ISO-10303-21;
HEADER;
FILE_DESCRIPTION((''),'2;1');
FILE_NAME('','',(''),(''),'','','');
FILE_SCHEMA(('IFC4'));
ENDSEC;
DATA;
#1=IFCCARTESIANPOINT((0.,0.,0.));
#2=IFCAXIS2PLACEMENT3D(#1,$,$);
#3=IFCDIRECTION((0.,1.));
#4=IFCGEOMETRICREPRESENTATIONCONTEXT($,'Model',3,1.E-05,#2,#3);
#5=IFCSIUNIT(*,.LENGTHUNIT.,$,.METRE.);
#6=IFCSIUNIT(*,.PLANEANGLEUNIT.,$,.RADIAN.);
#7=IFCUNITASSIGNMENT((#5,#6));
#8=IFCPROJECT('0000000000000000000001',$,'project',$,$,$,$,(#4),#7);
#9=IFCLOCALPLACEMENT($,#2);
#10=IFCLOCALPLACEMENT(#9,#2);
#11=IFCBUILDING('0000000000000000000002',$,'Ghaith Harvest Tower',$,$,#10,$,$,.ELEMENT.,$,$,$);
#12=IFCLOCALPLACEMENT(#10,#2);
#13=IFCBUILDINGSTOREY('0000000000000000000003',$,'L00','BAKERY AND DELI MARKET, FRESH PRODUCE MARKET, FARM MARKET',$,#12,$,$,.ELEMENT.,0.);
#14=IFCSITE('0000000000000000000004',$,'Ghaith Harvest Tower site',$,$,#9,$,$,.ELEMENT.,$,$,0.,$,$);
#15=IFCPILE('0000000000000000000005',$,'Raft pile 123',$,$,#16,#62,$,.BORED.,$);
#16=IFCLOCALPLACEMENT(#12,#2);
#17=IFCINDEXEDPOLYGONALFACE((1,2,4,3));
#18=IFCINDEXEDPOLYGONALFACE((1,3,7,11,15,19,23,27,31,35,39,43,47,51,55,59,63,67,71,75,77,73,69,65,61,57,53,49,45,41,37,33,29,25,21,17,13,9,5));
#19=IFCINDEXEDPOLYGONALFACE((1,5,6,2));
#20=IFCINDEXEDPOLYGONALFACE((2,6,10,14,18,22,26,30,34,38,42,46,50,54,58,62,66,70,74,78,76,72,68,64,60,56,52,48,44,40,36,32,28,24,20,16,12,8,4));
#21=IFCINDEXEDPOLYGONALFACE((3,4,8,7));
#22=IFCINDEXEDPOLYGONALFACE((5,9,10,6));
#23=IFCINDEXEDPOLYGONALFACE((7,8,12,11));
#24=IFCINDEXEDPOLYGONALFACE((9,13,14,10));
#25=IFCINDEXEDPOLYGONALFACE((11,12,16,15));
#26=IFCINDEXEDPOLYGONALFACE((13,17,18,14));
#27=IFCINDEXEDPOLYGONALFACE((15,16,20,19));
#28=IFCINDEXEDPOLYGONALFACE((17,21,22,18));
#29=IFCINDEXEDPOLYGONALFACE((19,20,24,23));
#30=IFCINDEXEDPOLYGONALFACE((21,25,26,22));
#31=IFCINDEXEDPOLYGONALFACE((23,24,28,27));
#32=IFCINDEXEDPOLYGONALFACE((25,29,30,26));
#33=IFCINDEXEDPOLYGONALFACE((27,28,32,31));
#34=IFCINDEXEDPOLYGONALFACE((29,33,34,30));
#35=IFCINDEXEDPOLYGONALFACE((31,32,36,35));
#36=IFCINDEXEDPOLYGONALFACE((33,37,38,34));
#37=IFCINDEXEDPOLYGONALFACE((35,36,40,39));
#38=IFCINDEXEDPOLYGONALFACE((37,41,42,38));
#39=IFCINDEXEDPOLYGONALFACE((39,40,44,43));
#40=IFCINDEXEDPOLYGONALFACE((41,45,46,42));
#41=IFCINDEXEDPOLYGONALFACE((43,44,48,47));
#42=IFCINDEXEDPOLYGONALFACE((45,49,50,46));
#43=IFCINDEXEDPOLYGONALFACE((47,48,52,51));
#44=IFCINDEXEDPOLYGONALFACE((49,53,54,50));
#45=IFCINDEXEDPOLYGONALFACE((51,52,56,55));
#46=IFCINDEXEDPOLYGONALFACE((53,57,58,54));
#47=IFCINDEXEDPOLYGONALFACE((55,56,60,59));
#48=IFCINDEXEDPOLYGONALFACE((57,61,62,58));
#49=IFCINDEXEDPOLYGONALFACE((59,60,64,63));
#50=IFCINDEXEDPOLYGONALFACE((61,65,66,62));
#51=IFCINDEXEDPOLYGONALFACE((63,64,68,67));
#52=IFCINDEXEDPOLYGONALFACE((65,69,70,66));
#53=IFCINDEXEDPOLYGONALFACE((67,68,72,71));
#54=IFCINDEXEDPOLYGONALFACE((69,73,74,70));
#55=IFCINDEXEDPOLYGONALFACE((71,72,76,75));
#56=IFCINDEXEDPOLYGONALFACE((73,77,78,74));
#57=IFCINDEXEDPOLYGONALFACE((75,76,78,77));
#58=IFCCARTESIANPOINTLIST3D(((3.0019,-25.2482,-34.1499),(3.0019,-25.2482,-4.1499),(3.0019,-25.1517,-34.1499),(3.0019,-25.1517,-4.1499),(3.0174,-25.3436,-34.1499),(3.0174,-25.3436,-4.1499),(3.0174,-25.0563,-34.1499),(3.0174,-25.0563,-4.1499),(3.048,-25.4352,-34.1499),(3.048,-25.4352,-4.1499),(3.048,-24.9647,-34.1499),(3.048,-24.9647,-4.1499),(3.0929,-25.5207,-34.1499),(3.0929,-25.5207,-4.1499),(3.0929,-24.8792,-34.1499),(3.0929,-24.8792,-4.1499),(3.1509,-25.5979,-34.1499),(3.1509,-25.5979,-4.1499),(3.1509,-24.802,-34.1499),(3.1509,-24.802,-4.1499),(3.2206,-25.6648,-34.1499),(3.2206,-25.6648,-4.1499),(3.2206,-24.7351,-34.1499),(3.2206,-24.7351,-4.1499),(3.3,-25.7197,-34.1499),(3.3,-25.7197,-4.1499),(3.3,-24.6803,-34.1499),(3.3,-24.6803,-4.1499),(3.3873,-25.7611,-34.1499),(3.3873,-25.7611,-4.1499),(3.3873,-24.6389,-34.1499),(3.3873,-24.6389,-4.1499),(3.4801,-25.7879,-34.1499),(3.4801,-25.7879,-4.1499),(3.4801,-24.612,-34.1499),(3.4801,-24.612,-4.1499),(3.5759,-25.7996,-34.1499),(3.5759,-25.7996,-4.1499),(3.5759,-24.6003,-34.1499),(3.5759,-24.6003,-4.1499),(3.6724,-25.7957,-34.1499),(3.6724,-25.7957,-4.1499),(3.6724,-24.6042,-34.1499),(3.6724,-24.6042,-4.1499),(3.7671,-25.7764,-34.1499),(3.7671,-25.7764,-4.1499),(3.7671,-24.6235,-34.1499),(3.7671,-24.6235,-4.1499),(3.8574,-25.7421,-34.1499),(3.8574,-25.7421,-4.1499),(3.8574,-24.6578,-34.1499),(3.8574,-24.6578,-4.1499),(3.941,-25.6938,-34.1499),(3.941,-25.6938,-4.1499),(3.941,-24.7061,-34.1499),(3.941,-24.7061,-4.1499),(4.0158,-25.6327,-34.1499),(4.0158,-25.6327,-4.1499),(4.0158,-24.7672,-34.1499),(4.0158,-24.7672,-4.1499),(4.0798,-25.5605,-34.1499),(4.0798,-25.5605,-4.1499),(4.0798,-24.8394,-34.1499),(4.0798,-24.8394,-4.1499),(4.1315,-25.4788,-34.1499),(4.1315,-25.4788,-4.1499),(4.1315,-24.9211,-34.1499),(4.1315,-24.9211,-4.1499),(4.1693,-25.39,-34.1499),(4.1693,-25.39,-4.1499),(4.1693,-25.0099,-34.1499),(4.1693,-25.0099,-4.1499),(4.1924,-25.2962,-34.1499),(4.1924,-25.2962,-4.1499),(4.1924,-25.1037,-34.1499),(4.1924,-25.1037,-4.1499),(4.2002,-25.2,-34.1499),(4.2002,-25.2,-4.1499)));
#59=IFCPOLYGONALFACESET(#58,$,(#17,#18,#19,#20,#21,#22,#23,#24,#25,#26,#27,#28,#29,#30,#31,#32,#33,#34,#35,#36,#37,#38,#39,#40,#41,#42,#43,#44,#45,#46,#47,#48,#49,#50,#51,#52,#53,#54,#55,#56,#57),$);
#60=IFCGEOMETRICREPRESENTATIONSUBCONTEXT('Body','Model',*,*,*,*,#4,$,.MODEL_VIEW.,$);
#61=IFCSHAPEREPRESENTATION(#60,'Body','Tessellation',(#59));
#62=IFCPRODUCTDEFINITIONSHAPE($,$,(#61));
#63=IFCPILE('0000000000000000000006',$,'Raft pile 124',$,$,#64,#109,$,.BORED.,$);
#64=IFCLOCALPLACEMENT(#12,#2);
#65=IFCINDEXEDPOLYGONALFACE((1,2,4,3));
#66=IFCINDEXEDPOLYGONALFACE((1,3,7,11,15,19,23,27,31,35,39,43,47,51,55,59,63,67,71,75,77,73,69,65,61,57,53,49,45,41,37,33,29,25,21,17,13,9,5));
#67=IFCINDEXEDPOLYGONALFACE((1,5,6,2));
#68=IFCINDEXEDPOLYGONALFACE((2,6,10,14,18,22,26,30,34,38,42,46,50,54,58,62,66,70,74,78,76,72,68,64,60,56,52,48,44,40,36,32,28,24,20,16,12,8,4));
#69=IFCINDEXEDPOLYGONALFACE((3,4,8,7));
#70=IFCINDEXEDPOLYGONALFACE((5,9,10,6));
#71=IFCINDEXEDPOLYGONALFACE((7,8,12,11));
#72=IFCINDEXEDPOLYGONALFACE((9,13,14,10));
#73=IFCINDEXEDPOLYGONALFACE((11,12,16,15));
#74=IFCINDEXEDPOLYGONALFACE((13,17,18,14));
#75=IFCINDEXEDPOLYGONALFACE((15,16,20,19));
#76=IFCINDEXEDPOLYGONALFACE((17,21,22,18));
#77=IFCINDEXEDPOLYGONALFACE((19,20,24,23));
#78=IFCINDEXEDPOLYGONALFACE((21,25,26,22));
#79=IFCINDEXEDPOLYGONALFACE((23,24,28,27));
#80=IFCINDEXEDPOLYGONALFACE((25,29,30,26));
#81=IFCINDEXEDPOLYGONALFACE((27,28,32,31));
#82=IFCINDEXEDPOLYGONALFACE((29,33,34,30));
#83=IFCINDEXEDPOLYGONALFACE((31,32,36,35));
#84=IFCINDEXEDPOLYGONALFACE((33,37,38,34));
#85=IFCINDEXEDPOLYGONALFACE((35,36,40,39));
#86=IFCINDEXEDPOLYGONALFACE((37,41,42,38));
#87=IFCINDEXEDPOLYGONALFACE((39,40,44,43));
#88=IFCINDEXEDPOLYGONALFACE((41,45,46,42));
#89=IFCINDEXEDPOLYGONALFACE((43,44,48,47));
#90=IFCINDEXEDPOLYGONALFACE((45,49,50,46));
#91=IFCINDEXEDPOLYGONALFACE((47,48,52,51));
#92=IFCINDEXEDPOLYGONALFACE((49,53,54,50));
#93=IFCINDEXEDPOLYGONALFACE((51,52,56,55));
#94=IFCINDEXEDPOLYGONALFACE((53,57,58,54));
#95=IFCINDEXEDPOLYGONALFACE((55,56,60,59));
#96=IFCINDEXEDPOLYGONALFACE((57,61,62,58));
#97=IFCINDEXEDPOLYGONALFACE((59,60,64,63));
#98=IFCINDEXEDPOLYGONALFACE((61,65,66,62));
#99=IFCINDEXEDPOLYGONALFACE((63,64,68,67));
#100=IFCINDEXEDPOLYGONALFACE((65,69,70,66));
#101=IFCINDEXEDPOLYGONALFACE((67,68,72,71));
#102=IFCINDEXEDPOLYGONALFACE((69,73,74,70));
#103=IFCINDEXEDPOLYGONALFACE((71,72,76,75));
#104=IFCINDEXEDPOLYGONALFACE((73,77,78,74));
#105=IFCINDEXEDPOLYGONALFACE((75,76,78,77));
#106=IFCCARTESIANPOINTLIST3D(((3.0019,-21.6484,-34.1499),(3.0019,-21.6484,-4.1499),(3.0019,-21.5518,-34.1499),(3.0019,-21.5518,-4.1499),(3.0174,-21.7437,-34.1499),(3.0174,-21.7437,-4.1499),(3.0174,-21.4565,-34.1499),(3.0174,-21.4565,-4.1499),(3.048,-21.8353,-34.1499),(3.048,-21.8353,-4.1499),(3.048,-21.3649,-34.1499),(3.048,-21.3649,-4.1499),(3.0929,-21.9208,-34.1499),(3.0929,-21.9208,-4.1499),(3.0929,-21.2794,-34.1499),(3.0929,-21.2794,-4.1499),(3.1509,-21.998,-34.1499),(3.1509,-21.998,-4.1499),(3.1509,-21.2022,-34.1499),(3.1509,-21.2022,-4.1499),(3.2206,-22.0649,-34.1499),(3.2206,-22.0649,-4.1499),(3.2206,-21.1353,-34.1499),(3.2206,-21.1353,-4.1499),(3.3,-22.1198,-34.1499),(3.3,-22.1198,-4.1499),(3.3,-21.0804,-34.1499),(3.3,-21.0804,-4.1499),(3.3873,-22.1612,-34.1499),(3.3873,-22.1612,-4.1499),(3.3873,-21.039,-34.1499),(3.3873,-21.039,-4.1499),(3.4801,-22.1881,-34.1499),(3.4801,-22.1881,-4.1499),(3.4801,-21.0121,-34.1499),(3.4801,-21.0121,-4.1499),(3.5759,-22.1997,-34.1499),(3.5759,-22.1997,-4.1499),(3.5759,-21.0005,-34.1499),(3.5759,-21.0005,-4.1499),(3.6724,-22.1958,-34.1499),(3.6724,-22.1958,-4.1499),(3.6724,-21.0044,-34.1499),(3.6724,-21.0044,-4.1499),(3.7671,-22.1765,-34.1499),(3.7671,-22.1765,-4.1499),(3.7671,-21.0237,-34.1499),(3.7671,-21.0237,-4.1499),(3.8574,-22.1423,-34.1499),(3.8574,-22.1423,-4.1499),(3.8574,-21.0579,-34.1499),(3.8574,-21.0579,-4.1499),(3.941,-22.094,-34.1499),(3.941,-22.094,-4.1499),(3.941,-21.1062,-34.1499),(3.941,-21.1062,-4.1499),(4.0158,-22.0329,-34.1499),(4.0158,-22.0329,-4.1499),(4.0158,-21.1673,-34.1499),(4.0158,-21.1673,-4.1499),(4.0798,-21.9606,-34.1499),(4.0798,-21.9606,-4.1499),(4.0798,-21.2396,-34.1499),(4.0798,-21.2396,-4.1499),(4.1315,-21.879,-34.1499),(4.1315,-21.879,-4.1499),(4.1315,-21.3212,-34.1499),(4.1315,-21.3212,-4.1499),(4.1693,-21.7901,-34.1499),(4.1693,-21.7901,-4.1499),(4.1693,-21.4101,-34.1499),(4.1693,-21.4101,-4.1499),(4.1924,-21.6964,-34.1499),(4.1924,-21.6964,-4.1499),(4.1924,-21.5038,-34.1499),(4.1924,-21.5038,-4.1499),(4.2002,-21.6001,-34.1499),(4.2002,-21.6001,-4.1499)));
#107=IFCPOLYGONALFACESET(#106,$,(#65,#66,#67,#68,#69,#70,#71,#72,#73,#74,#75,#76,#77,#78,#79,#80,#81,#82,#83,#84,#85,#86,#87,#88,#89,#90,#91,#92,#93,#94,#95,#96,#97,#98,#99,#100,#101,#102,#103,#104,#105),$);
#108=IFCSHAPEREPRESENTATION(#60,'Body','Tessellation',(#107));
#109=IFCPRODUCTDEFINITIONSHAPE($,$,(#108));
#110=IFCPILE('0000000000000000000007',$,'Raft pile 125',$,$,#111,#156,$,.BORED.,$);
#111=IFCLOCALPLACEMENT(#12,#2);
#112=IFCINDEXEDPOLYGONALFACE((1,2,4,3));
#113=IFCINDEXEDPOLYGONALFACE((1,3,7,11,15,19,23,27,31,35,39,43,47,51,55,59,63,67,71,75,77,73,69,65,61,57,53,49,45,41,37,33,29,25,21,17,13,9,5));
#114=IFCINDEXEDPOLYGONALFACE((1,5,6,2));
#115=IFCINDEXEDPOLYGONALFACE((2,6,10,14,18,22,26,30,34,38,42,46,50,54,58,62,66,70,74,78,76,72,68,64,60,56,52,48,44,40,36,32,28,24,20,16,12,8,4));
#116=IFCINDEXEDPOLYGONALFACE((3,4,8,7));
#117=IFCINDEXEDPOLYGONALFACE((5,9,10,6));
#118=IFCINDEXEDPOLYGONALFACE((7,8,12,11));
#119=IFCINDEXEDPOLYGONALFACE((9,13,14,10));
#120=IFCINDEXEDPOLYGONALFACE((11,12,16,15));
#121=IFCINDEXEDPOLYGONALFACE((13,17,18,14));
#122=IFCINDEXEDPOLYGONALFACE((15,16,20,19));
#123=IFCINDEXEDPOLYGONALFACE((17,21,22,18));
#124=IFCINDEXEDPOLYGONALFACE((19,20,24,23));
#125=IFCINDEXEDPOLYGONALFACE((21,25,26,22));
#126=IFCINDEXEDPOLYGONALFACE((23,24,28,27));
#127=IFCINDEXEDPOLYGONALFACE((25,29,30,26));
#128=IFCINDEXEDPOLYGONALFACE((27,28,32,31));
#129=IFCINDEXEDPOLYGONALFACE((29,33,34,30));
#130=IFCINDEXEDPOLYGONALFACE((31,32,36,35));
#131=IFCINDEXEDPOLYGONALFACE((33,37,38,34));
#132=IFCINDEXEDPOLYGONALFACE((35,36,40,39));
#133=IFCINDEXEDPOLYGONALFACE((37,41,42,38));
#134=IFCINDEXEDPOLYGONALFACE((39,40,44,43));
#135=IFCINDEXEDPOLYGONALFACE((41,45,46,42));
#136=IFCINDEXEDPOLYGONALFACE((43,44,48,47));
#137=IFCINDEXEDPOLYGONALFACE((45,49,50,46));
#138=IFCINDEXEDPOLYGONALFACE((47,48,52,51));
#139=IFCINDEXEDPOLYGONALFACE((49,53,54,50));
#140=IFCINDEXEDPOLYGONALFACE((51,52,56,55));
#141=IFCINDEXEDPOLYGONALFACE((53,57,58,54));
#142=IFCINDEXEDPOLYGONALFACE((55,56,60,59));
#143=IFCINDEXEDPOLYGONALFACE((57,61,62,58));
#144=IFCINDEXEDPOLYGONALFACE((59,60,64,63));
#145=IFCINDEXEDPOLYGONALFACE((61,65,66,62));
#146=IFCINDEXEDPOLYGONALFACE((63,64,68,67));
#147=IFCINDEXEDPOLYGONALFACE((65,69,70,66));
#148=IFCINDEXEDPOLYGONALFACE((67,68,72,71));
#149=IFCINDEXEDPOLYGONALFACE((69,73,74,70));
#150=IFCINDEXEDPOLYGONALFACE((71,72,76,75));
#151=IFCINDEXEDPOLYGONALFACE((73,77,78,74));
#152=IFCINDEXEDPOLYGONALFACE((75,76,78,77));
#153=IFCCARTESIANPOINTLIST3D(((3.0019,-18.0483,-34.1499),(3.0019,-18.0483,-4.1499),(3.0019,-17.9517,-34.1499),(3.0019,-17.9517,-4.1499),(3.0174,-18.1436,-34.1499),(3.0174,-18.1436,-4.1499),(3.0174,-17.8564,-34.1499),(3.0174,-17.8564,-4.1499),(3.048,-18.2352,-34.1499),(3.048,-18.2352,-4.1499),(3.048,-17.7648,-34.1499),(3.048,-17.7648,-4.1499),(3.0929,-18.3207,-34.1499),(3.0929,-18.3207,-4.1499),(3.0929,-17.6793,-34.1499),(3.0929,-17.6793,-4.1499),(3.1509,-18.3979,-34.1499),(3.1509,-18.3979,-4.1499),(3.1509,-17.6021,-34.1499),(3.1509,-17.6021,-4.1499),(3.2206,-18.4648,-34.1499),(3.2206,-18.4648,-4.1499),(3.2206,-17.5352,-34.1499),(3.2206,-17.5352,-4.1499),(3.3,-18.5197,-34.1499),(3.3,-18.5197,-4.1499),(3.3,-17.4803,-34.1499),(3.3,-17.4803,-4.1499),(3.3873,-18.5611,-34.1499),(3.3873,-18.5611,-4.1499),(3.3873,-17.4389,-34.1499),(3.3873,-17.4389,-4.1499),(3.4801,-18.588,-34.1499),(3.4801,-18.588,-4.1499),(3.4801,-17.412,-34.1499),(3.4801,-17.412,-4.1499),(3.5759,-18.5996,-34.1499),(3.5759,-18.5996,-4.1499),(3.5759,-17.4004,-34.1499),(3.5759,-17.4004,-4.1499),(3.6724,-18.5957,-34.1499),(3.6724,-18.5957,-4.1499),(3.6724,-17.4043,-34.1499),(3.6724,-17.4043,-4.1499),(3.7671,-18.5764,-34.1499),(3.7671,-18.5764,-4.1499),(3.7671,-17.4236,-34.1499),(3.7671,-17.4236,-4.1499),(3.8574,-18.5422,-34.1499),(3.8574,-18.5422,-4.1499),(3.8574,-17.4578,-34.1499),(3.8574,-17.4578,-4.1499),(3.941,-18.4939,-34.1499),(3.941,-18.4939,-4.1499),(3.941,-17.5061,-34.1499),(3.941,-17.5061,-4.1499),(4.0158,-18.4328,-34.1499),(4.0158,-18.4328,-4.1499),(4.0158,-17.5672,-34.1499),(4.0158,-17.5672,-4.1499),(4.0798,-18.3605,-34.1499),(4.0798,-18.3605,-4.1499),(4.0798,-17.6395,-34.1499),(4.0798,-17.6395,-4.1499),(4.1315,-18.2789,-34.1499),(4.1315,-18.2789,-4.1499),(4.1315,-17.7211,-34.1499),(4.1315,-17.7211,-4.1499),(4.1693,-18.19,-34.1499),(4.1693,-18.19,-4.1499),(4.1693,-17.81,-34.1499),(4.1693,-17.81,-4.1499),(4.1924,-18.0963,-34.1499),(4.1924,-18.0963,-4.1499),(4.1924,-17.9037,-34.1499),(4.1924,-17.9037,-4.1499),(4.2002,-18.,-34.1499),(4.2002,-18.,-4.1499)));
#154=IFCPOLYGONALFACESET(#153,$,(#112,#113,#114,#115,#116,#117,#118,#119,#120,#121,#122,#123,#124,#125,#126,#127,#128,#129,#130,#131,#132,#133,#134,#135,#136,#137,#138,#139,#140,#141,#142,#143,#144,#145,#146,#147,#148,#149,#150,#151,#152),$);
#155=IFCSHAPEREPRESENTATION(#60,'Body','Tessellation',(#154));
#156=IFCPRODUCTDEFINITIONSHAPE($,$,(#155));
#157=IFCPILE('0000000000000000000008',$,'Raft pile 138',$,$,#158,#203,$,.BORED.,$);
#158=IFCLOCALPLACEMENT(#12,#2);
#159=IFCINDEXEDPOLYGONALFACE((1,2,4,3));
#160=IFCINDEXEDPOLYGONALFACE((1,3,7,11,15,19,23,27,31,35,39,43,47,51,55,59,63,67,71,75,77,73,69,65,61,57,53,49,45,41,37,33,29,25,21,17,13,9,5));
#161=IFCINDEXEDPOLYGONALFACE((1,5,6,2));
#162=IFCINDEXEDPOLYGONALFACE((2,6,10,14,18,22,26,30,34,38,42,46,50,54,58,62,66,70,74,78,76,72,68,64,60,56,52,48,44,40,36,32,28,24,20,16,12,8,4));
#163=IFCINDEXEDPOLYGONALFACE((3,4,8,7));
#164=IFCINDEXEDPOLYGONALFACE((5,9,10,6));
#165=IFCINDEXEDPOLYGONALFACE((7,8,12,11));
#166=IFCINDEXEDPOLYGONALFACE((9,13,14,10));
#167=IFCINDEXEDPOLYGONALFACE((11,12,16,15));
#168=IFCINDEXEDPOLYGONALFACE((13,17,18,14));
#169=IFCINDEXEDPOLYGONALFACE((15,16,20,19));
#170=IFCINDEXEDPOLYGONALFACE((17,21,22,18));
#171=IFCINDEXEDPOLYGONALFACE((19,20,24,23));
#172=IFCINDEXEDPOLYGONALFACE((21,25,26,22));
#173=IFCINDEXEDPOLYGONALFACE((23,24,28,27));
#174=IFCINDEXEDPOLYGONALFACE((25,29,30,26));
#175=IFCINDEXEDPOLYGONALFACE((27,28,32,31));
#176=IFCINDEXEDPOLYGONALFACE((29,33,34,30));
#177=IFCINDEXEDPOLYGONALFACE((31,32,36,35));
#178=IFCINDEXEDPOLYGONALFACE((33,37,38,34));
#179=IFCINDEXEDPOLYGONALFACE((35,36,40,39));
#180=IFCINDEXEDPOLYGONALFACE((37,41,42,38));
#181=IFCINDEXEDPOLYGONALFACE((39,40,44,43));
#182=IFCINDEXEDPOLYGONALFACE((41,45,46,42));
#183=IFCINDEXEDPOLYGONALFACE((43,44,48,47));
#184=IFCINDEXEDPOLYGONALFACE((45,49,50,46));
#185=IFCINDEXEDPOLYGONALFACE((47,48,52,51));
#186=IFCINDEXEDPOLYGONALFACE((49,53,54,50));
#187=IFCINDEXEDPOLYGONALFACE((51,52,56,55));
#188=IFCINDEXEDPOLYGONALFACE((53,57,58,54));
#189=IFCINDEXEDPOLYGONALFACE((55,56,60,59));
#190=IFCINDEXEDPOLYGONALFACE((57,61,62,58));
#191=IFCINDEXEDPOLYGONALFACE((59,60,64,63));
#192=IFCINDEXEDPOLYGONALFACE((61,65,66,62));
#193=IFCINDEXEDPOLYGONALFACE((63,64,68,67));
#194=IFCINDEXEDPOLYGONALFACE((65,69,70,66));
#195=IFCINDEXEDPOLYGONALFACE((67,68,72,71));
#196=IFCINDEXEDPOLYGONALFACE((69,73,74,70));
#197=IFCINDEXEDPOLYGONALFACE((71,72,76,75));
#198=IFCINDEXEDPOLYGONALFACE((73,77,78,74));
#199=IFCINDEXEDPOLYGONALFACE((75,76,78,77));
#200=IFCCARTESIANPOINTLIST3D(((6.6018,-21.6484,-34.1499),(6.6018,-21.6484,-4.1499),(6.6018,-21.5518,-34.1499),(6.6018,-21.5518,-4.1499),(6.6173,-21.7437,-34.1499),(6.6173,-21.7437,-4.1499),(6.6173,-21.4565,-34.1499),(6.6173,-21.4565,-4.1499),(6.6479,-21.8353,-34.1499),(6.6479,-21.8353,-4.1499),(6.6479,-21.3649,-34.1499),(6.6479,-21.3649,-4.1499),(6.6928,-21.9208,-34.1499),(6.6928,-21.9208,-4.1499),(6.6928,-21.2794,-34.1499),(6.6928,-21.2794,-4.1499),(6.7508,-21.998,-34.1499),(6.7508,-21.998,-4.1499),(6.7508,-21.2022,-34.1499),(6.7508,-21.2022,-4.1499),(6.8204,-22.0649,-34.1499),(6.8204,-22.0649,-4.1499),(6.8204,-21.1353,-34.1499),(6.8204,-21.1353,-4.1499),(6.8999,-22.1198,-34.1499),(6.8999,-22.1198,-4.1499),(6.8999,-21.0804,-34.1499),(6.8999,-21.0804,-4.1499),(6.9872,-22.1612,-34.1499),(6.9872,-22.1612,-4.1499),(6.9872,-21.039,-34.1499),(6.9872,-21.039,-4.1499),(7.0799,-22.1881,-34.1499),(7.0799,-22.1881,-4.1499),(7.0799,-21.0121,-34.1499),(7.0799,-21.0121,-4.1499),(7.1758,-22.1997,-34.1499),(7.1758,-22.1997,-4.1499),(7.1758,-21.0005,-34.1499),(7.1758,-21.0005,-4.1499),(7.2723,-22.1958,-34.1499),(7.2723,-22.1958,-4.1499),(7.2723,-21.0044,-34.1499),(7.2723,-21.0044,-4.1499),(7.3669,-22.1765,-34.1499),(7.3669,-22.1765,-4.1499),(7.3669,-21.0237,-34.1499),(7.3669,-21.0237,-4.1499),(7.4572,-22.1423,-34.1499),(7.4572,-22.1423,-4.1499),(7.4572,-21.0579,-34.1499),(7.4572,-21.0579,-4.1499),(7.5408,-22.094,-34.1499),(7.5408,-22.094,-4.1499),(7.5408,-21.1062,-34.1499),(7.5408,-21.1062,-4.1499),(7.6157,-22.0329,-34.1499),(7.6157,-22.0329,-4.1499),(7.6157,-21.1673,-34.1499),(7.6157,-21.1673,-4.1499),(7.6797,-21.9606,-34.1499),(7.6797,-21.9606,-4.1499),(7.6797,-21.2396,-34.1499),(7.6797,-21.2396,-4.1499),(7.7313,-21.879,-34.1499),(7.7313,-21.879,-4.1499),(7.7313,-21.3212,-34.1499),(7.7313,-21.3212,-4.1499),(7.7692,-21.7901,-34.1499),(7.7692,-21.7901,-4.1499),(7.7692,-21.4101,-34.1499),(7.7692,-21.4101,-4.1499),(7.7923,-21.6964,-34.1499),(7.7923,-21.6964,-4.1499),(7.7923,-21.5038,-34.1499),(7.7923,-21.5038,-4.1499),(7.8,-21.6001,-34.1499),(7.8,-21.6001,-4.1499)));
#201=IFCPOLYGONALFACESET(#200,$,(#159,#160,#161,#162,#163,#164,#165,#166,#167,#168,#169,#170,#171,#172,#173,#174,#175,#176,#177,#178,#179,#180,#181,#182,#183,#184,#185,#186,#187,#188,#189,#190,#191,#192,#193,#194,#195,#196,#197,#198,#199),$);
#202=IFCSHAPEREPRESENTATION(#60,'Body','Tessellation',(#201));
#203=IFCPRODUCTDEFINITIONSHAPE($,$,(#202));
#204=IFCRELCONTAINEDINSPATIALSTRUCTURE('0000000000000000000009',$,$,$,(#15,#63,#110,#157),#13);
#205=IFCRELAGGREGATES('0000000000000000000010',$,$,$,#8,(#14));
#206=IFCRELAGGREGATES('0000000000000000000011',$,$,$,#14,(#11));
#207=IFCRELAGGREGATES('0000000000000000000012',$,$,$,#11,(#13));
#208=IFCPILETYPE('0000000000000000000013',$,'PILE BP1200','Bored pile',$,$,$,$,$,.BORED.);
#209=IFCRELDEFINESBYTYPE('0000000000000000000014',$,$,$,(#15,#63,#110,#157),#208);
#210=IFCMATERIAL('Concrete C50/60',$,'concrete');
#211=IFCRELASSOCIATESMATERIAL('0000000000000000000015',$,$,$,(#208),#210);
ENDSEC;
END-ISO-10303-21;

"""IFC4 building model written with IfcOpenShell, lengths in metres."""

from ifc_helpers import new_model, si_unit, direction, frame, origin, origin_2d, place, context, subcontext, project, spatial, circle, extrude, material, material_profile, profile_set, type_object, element, save


model = new_model("IFC4")

# Units and contexts
model_context = context("Model", 3, precision=1e-05, world=origin(), true_north=direction((0.0, 1.0)))
body_context = subcontext(model_context, "Body", "Model", "MODEL_VIEW")
ifc_project = project(units=[si_unit("LENGTHUNIT", "METRE"), si_unit("PLANEANGLEUNIT", "RADIAN")], contexts=[model_context])

# Site, building, storey
site_placement = place(None, origin())
site = spatial("IfcSite", under=ifc_project, at=site_placement, Name="Ghaith Harvest Tower site", CompositionType="ELEMENT", RefElevation=0.0)
building_placement = place(site_placement, origin())
building = spatial("IfcBuilding", under=site, at=building_placement, Name="Ghaith Harvest Tower", CompositionType="ELEMENT")
storey_placement = place(building_placement, origin())
storey = spatial("IfcBuildingStorey", under=building, at=storey_placement, Name="L00", Description="BAKERY AND DELI MARKET, FRESH PRODUCE MARKET, FARM MARKET", CompositionType="ELEMENT", Elevation=0.0)

# Piles
ifc_material_1 = material(Name="Concrete C50/60", Category="concrete")
ifc_material_profile_1 = material_profile(ifc_material_1, circle(Radius=0.6001, at=origin_2d()), Name="PILE1200")
ifc_profile_set_1 = profile_set([ifc_material_profile_1], Name="Concrete C50/60")
pile_type = type_object("IfcPileType", Name="PILE BP1200", Description="Bored pile", PredefinedType="BORED", material=ifc_profile_set_1)
for number, where, z_axis, x_axis, name in (
    (1, (3.6001, -25.2, -4.1499), (0.0, 0.0, -1.0), (1.0, 0.0, 0.0), "Raft pile 123"),
    (2, (3.6001, -21.6001, -4.1499), (0.0, 0.0, -1.0), (1.0, 0.0, 0.0), "Raft pile 124"),
    (3, (3.6001, -18.0, -4.1499), (0.0, 0.0, -1.0), (1.0, 0.0, 0.0), "Raft pile 125"),
    (4, (7.2, -21.6001, -4.1499), (0.0, 0.0, -1.0), (1.0, 0.0, 0.0), "Raft pile 138"),
):
    element("IfcPile", number, at=place(storey_placement, frame(where, z_axis=z_axis, x_axis=x_axis)), inside=storey, type_object=pile_type, Name=name, PredefinedType="BORED", context=body_context, shape_type="SweptSolid", body=[
        extrude(circle(Radius=0.6001, at=origin_2d()), origin(), (0.0, 0.0, 1.0), 30.0),
    ])

save(model, "model.ifc")
